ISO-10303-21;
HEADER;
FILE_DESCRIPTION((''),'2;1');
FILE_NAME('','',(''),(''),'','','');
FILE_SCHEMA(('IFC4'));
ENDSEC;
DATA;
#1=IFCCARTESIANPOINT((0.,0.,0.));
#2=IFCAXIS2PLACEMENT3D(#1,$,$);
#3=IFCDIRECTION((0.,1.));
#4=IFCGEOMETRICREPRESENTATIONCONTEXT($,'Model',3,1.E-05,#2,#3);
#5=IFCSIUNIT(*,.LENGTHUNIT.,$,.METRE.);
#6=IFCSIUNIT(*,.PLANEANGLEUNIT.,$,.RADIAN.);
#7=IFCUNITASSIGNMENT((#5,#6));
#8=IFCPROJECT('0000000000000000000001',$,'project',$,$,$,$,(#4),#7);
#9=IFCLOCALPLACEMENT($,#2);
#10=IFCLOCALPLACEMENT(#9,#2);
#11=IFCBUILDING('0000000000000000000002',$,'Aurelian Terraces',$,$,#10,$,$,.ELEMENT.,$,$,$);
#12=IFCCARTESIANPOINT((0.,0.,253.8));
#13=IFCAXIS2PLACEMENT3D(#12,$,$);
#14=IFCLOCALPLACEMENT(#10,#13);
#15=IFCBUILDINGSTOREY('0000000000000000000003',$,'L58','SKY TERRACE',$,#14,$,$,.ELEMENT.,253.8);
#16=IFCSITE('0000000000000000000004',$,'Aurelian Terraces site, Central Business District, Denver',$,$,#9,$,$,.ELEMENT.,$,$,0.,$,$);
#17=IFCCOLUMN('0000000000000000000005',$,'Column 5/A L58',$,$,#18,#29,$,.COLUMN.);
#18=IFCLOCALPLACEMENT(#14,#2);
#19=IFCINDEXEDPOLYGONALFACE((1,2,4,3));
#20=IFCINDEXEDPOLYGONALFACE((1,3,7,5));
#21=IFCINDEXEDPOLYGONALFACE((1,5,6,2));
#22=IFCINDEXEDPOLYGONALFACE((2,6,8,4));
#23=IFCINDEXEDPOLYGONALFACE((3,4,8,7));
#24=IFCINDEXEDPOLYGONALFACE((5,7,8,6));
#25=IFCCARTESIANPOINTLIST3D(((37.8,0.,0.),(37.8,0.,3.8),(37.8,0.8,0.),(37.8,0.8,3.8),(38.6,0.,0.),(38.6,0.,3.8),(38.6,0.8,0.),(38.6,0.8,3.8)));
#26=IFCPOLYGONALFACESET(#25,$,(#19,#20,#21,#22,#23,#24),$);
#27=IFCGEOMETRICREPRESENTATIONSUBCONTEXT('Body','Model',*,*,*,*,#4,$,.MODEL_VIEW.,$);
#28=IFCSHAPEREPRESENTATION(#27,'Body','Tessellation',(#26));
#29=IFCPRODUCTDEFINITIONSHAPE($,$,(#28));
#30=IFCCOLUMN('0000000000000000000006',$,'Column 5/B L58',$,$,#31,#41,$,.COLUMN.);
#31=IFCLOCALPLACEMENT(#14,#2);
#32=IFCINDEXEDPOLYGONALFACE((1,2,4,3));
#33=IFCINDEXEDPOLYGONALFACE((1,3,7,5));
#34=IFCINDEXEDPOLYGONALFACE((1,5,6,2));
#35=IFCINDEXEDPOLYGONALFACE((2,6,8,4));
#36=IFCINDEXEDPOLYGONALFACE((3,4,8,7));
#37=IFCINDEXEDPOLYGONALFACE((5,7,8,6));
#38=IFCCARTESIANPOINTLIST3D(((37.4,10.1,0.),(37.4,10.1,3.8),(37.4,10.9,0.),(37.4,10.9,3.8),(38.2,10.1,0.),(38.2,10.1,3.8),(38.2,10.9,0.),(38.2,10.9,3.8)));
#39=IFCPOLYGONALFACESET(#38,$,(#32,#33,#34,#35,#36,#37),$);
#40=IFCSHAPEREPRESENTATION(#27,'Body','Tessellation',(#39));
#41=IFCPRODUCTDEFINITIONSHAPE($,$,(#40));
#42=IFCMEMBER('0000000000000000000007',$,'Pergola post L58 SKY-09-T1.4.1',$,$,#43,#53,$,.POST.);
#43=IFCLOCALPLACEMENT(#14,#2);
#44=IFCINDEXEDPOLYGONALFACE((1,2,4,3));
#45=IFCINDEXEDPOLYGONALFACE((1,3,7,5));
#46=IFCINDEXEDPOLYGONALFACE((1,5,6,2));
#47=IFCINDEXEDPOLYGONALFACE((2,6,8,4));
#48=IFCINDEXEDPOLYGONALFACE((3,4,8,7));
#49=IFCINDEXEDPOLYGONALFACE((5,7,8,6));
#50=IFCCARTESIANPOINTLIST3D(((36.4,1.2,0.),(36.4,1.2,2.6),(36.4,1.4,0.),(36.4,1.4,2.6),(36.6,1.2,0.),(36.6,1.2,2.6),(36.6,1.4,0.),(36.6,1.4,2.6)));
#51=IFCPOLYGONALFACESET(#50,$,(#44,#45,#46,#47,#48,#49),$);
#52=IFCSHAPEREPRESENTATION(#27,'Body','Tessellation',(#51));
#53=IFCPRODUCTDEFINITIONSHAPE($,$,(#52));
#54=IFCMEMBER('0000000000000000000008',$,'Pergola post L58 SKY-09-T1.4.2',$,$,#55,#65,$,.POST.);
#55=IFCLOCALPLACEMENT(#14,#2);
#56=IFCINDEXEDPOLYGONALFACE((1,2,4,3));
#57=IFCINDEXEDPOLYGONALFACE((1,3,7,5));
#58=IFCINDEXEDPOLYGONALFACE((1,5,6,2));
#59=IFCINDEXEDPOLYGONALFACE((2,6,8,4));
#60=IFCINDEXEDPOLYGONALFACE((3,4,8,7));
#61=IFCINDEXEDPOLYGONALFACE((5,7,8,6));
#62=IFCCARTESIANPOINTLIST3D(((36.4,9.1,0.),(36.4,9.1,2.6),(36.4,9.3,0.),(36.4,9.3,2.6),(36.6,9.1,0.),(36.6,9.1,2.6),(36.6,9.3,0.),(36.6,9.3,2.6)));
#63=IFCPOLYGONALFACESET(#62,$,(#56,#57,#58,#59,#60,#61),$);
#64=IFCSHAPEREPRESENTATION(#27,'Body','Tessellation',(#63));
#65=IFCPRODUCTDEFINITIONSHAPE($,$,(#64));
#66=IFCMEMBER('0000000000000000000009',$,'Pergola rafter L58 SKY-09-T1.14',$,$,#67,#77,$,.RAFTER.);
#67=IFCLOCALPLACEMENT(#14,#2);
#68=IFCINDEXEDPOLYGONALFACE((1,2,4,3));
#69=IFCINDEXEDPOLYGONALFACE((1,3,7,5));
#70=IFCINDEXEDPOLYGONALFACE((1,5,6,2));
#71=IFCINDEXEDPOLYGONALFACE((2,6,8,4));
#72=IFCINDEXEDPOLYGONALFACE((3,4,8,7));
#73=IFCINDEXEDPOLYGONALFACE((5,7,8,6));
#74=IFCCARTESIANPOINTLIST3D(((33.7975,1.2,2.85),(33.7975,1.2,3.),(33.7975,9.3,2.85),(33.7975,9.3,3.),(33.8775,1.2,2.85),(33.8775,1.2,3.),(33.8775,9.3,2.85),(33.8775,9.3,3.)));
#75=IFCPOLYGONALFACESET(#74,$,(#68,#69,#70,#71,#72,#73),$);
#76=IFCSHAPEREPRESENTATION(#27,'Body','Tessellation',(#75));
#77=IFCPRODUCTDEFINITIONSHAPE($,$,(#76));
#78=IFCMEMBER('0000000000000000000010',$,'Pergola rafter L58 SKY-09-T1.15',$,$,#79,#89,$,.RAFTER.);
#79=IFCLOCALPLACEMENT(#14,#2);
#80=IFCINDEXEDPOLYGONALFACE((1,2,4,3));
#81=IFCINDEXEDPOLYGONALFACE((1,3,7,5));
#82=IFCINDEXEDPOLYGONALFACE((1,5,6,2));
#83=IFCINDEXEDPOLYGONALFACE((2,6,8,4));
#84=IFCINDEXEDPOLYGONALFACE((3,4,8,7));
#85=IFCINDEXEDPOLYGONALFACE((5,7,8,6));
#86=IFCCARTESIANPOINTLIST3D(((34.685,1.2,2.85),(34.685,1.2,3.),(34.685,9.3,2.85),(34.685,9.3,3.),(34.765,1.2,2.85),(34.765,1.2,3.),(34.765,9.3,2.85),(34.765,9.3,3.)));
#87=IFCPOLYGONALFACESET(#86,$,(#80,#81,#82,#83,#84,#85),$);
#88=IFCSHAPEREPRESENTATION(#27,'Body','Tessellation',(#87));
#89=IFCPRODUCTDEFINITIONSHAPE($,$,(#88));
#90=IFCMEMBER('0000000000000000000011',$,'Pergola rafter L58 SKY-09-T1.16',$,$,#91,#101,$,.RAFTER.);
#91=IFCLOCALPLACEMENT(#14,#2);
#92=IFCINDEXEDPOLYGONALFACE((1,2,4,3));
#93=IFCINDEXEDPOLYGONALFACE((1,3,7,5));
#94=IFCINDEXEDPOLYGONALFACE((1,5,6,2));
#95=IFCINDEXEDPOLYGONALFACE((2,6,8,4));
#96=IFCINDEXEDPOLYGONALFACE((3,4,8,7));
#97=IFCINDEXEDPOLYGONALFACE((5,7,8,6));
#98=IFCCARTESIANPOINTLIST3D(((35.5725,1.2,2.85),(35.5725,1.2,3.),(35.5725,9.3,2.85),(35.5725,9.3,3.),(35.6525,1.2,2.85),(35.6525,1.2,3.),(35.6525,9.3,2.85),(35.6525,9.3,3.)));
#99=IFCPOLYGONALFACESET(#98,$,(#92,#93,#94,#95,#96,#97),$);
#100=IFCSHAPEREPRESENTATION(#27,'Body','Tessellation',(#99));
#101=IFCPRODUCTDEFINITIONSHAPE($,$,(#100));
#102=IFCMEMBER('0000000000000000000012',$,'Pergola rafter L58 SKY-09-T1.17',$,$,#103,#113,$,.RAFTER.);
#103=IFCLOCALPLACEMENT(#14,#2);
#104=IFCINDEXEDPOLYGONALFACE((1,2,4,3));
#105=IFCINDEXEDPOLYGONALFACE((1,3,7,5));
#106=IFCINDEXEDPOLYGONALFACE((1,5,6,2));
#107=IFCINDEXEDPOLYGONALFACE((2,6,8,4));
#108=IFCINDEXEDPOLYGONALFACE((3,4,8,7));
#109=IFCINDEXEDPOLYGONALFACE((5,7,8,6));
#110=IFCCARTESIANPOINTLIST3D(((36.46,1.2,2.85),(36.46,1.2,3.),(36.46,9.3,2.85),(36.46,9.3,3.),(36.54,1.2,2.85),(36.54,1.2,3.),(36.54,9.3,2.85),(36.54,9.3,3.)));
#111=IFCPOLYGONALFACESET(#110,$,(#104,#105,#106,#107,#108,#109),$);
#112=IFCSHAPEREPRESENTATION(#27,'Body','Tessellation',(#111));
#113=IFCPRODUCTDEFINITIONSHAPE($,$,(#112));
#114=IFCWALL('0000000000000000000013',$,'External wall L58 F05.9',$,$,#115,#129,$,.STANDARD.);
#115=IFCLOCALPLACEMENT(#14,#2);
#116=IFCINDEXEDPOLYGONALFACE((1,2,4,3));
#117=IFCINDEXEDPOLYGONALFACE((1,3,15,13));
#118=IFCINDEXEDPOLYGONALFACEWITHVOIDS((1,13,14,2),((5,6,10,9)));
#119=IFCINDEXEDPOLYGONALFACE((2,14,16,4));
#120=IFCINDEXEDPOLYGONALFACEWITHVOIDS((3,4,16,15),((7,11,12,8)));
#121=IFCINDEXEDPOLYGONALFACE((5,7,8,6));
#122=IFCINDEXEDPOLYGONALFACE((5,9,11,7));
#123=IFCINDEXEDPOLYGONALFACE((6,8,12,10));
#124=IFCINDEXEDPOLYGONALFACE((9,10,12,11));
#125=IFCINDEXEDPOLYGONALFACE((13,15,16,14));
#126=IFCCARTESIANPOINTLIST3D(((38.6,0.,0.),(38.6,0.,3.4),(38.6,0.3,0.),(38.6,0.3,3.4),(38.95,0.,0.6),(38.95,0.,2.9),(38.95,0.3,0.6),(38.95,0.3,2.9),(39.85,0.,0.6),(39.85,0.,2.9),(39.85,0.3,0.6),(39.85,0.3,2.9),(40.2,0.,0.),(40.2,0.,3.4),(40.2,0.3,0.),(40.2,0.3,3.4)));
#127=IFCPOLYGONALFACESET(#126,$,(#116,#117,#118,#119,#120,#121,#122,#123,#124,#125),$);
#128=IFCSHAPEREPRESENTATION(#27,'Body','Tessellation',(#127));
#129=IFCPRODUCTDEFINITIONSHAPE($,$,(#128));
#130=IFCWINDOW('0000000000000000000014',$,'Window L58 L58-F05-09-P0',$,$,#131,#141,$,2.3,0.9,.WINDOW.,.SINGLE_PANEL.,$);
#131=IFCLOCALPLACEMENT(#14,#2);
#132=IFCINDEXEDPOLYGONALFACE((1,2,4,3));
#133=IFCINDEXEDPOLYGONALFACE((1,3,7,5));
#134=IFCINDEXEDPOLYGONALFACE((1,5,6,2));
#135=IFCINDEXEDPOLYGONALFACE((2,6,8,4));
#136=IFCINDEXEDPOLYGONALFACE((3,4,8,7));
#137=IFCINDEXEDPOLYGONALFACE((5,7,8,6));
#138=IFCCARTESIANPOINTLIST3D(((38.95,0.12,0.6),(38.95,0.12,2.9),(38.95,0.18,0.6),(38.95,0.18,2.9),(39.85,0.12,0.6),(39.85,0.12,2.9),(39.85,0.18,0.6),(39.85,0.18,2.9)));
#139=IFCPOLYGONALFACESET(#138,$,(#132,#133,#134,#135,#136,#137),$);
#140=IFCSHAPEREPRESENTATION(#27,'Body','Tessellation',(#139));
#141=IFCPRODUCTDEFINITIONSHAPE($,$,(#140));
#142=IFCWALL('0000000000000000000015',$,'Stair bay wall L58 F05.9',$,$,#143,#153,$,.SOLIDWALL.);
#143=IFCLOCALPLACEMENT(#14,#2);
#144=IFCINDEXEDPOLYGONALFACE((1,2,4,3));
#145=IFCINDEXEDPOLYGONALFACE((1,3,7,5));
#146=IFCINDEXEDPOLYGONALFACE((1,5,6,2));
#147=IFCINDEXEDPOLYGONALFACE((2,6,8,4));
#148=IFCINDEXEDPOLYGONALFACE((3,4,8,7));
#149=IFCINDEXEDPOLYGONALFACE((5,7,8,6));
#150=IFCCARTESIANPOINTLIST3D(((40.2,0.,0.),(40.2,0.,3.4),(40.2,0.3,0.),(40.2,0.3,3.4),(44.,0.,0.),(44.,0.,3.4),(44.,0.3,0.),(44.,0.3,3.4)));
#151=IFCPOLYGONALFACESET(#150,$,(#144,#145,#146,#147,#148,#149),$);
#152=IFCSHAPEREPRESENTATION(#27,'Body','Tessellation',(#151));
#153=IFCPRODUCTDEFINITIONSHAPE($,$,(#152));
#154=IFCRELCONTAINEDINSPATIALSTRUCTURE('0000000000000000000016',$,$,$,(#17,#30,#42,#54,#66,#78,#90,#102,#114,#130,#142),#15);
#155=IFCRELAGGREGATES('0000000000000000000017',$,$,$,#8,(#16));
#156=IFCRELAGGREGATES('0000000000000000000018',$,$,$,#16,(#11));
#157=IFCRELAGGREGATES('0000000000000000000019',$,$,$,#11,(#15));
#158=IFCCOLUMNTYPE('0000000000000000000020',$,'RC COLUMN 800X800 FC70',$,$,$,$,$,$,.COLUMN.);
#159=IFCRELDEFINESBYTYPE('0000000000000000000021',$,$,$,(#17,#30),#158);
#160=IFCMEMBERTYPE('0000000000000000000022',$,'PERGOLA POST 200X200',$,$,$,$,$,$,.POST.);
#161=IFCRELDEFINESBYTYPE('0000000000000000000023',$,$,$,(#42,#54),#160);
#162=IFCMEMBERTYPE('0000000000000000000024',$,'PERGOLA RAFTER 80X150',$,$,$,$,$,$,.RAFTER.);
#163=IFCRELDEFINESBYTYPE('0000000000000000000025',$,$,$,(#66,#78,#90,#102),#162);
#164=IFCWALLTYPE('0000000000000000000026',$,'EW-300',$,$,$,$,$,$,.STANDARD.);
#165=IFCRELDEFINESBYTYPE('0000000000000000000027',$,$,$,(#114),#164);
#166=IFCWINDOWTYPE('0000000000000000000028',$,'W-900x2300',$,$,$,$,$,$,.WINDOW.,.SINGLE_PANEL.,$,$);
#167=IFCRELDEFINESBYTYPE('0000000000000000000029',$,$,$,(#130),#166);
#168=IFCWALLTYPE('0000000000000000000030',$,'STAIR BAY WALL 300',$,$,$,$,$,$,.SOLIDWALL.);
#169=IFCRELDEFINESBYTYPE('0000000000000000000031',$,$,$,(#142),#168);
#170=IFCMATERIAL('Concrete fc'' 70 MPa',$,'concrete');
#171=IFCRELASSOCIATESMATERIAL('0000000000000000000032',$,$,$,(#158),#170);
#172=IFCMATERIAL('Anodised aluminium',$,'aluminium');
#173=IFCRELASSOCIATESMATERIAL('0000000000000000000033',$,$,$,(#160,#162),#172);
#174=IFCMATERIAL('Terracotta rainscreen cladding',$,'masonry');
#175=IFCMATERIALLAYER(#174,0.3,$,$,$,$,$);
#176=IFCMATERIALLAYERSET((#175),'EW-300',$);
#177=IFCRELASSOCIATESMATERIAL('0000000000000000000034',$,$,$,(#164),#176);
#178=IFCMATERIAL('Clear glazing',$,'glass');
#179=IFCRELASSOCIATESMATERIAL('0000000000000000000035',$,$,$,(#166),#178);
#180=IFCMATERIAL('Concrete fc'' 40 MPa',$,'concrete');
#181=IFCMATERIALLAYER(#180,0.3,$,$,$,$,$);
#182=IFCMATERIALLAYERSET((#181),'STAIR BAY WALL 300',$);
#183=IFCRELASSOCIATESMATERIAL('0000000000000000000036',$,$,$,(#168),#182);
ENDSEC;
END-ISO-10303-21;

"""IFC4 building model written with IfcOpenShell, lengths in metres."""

from ifc_helpers import new_model, si_unit, direction, frame, frame_2d, origin, origin_2d, place, context, subcontext, project, spatial, rectangle, extrude, source, transform, mapped, material, layer, layer_set, material_profile, profile_set, type_object, element, fill, save


model = new_model("IFC4")

# Units and contexts
model_context = context("Model", 3, precision=1e-05, world=origin(), true_north=direction((0.0, 1.0)))
body_context = subcontext(model_context, "Body", "Model", "MODEL_VIEW")
ifc_project = project(units=[si_unit("LENGTHUNIT", "METRE"), si_unit("PLANEANGLEUNIT", "RADIAN")], contexts=[model_context])

# Site, building, storey
site_placement = place(None, origin())
site = spatial("IfcSite", under=ifc_project, at=site_placement, Name="Aurelian Terraces site, Central Business District, Denver", CompositionType="ELEMENT", RefElevation=0.0)
building_placement = place(site_placement, origin())
building = spatial("IfcBuilding", under=site, at=building_placement, Name="Aurelian Terraces", CompositionType="ELEMENT")
storey_placement = place(building_placement, frame((0.0, 0.0, 253.8)))
storey = spatial("IfcBuildingStorey", under=building, at=storey_placement, Name="L58", Description="SKY TERRACE", CompositionType="ELEMENT", Elevation=253.8)

# Columns
ifc_material_1 = material(Name="Concrete fc' 70 MPa", Category="concrete")
ifc_material_profile_1 = material_profile(ifc_material_1, rectangle(XDim=0.8, YDim=0.8, at=origin_2d()))
ifc_profile_set_1 = profile_set([ifc_material_profile_1], Name="Concrete fc' 70 MPa")
column_type = type_object("IfcColumnType", Name="RC COLUMN 800X800 FC70", PredefinedType="COLUMN", material=ifc_profile_set_1)
shared_shape_1 = source(origin(), body_context, "Body", "SweptSolid", [
    extrude(rectangle(XDim=0.8, YDim=0.8, at=origin_2d()), origin(), (0.0, 0.0, 1.0), 3.8),
])
for number, where, z_axis, x_axis, name in (
    (1, (38.2, 0.4, 0.0), (0.0, 0.0, 1.0), (1.0, 0.0, 0.0), "Column 5/A L58"),
    (2, (37.8, 10.5, 0.0), (0.0, 0.0, 1.0), (1.0, 0.0, 0.0), "Column 5/B L58"),
):
    element("IfcColumn", number, at=place(storey_placement, frame(where, z_axis=z_axis, x_axis=x_axis)), inside=storey, type_object=column_type, Name=name, PredefinedType="COLUMN", context=body_context, shape_type="MappedRepresentation", body=[
        mapped(shared_shape_1, transform((0.0, 0.0, 0.0), scale=1.0)),
    ])

# Members
ifc_material_2 = material(Name="Anodised aluminium", Category="aluminium")
ifc_material_profile_2 = material_profile(ifc_material_2, rectangle(XDim=0.2, YDim=0.2, at=origin_2d()))
ifc_profile_set_2 = profile_set([ifc_material_profile_2], Name="Anodised aluminium")
member_type_1 = type_object("IfcMemberType", Name="PERGOLA POST 200X200", PredefinedType="POST", material=ifc_profile_set_2)
shared_shape_2 = source(origin(), body_context, "Body", "SweptSolid", [
    extrude(rectangle(XDim=0.2, YDim=0.2, at=origin_2d()), origin(), (0.0, 0.0, 1.0), 2.6),
])
for number, where, z_axis, x_axis, name in (
    (3, (36.5, 1.3, 0.0), (0.0, 0.0, 1.0), (1.0, 0.0, 0.0), "Pergola post L58 SKY-09-T1.4.1"),
    (4, (36.5, 9.2, 0.0), (0.0, 0.0, 1.0), (1.0, 0.0, 0.0), "Pergola post L58 SKY-09-T1.4.2"),
):
    element("IfcMember", number, at=place(storey_placement, frame(where, z_axis=z_axis, x_axis=x_axis)), inside=storey, type_object=member_type_1, Name=name, PredefinedType="POST", context=body_context, shape_type="MappedRepresentation", body=[
        mapped(shared_shape_2, transform((0.0, 0.0, 0.0), scale=1.0)),
    ])
ifc_material_profile_3 = material_profile(ifc_material_2, rectangle(XDim=0.08, YDim=0.15, at=origin_2d()))
ifc_profile_set_3 = profile_set([ifc_material_profile_3], Name="Anodised aluminium")
member_type_2 = type_object("IfcMemberType", Name="PERGOLA RAFTER 80X150", PredefinedType="RAFTER", material=ifc_profile_set_3)
shared_shape_3 = source(origin(), body_context, "Body", "SweptSolid", [
    extrude(rectangle(XDim=0.08, YDim=0.15, at=origin_2d()), origin(), (0.0, 0.0, 1.0), 8.1),
])
for number, where, z_axis, x_axis, name in (
    (5, (33.8375, 1.2, 2.925), (0.0, 1.0, 0.0), (-1.0, 0.0, 0.0), "Pergola rafter L58 SKY-09-T1.14"),
    (6, (34.725, 1.2, 2.925), (0.0, 1.0, 0.0), (-1.0, 0.0, 0.0), "Pergola rafter L58 SKY-09-T1.15"),
    (7, (35.6125, 1.2, 2.925), (0.0, 1.0, 0.0), (-1.0, 0.0, 0.0), "Pergola rafter L58 SKY-09-T1.16"),
    (8, (36.5, 1.2, 2.925), (0.0, 1.0, 0.0), (-1.0, 0.0, 0.0), "Pergola rafter L58 SKY-09-T1.17"),
):
    element("IfcMember", number, at=place(storey_placement, frame(where, z_axis=z_axis, x_axis=x_axis)), inside=storey, type_object=member_type_2, Name=name, PredefinedType="RAFTER", context=body_context, shape_type="MappedRepresentation", body=[
        mapped(shared_shape_3, transform((0.0, 0.0, 0.0), scale=1.0)),
    ])

# Wall, opening, window
ifc_material_3 = material(Name="Terracotta rainscreen cladding", Category="masonry")
ifc_layer_1 = layer(ifc_material_3, 0.3)
ifc_layer_set_1 = layer_set([ifc_layer_1], Name="EW-300")
wall_type_1 = type_object("IfcWallType", Name="EW-300", PredefinedType="STANDARD", material=ifc_layer_set_1)
wall_1_placement = place(storey_placement, frame((38.6, 0.15, 0.0), z_axis=(0.0, 0.0, 1.0), x_axis=(1.0, 0.0, 0.0)))
wall_1 = element("IfcWall", 9, at=wall_1_placement, inside=storey, type_object=wall_type_1, Name="External wall L58 F05.9", PredefinedType="STANDARD", context=body_context, shape_type="SweptSolid", body=[
    extrude(rectangle(XDim=1.6, YDim=0.3, at=frame_2d((0.8, 0.0))), origin(), (0.0, 0.0, 1.0), 3.4),
])
shared_shape_4 = source(origin(), body_context, "Body", "SweptSolid", [
    extrude(rectangle(XDim=0.9, YDim=2.3, at=frame_2d((0.45, 1.15))), frame((0.0, 0.16, 0.0), z_axis=(0.0, -1.0, 0.0), x_axis=(1.0, 0.0, 0.0)), (0.0, 0.0, 1.0), 0.32),
])
opening_1_placement = place(wall_1_placement, frame((0.35, 0.0, 0.6)))
opening_1 = element("IfcOpeningElement", 10, at=opening_1_placement, cuts=wall_1, PredefinedType="OPENING", context=body_context, shape_type="MappedRepresentation", body=[
    mapped(shared_shape_4, transform((0.0, 0.0, 0.0), scale=1.0)),
])
ifc_material_4 = material(Name="Clear glazing", Category="glass")
window_type_1 = type_object("IfcWindowType", Name="W-900x2300", PartitioningType="SINGLE_PANEL", PredefinedType="WINDOW", material=ifc_material_4)
shared_shape_5 = source(origin(), body_context, "Body", "SweptSolid", [
    extrude(rectangle(XDim=0.9, YDim=2.3, at=frame_2d((0.45, 1.15))), frame((0.0, 0.03, 0.0), z_axis=(0.0, -1.0, 0.0), x_axis=(1.0, 0.0, 0.0)), (0.0, 0.0, 1.0), 0.06),
])
window_1_placement = place(opening_1_placement, origin())
window_1 = element("IfcWindow", 11, at=window_1_placement, inside=storey, type_object=window_type_1, Name="Window L58 L58-F05-09-P0", OverallHeight=2.3, OverallWidth=0.9, PartitioningType="SINGLE_PANEL", PredefinedType="WINDOW", context=body_context, shape_type="MappedRepresentation", body=[
    mapped(shared_shape_5, transform((0.0, 0.0, 0.0), scale=1.0)),
])
fill(opening_1, window_1)

# Wall
ifc_material_5 = material(Name="Concrete fc' 40 MPa", Category="concrete")
ifc_layer_2 = layer(ifc_material_5, 0.3)
ifc_layer_set_2 = layer_set([ifc_layer_2], Name="STAIR BAY WALL 300")
wall_type_2 = type_object("IfcWallType", Name="STAIR BAY WALL 300", PredefinedType="SOLIDWALL", material=ifc_layer_set_2)
shared_shape_6 = source(origin(), body_context, "Body", "SweptSolid", [
    extrude(rectangle(XDim=3.8, YDim=0.3, at=frame_2d((1.9, 0.0))), origin(), (0.0, 0.0, 1.0), 3.4),
])
wall_2_placement = place(storey_placement, frame((40.2, 0.15, 0.0), z_axis=(0.0, 0.0, 1.0), x_axis=(1.0, 0.0, 0.0)))
element("IfcWall", 12, at=wall_2_placement, inside=storey, type_object=wall_type_2, Name="Stair bay wall L58 F05.9", PredefinedType="SOLIDWALL", context=body_context, shape_type="MappedRepresentation", body=[
    mapped(shared_shape_6, transform((0.0, 0.0, 0.0), scale=1.0)),
])

save(model, "model.ifc")
